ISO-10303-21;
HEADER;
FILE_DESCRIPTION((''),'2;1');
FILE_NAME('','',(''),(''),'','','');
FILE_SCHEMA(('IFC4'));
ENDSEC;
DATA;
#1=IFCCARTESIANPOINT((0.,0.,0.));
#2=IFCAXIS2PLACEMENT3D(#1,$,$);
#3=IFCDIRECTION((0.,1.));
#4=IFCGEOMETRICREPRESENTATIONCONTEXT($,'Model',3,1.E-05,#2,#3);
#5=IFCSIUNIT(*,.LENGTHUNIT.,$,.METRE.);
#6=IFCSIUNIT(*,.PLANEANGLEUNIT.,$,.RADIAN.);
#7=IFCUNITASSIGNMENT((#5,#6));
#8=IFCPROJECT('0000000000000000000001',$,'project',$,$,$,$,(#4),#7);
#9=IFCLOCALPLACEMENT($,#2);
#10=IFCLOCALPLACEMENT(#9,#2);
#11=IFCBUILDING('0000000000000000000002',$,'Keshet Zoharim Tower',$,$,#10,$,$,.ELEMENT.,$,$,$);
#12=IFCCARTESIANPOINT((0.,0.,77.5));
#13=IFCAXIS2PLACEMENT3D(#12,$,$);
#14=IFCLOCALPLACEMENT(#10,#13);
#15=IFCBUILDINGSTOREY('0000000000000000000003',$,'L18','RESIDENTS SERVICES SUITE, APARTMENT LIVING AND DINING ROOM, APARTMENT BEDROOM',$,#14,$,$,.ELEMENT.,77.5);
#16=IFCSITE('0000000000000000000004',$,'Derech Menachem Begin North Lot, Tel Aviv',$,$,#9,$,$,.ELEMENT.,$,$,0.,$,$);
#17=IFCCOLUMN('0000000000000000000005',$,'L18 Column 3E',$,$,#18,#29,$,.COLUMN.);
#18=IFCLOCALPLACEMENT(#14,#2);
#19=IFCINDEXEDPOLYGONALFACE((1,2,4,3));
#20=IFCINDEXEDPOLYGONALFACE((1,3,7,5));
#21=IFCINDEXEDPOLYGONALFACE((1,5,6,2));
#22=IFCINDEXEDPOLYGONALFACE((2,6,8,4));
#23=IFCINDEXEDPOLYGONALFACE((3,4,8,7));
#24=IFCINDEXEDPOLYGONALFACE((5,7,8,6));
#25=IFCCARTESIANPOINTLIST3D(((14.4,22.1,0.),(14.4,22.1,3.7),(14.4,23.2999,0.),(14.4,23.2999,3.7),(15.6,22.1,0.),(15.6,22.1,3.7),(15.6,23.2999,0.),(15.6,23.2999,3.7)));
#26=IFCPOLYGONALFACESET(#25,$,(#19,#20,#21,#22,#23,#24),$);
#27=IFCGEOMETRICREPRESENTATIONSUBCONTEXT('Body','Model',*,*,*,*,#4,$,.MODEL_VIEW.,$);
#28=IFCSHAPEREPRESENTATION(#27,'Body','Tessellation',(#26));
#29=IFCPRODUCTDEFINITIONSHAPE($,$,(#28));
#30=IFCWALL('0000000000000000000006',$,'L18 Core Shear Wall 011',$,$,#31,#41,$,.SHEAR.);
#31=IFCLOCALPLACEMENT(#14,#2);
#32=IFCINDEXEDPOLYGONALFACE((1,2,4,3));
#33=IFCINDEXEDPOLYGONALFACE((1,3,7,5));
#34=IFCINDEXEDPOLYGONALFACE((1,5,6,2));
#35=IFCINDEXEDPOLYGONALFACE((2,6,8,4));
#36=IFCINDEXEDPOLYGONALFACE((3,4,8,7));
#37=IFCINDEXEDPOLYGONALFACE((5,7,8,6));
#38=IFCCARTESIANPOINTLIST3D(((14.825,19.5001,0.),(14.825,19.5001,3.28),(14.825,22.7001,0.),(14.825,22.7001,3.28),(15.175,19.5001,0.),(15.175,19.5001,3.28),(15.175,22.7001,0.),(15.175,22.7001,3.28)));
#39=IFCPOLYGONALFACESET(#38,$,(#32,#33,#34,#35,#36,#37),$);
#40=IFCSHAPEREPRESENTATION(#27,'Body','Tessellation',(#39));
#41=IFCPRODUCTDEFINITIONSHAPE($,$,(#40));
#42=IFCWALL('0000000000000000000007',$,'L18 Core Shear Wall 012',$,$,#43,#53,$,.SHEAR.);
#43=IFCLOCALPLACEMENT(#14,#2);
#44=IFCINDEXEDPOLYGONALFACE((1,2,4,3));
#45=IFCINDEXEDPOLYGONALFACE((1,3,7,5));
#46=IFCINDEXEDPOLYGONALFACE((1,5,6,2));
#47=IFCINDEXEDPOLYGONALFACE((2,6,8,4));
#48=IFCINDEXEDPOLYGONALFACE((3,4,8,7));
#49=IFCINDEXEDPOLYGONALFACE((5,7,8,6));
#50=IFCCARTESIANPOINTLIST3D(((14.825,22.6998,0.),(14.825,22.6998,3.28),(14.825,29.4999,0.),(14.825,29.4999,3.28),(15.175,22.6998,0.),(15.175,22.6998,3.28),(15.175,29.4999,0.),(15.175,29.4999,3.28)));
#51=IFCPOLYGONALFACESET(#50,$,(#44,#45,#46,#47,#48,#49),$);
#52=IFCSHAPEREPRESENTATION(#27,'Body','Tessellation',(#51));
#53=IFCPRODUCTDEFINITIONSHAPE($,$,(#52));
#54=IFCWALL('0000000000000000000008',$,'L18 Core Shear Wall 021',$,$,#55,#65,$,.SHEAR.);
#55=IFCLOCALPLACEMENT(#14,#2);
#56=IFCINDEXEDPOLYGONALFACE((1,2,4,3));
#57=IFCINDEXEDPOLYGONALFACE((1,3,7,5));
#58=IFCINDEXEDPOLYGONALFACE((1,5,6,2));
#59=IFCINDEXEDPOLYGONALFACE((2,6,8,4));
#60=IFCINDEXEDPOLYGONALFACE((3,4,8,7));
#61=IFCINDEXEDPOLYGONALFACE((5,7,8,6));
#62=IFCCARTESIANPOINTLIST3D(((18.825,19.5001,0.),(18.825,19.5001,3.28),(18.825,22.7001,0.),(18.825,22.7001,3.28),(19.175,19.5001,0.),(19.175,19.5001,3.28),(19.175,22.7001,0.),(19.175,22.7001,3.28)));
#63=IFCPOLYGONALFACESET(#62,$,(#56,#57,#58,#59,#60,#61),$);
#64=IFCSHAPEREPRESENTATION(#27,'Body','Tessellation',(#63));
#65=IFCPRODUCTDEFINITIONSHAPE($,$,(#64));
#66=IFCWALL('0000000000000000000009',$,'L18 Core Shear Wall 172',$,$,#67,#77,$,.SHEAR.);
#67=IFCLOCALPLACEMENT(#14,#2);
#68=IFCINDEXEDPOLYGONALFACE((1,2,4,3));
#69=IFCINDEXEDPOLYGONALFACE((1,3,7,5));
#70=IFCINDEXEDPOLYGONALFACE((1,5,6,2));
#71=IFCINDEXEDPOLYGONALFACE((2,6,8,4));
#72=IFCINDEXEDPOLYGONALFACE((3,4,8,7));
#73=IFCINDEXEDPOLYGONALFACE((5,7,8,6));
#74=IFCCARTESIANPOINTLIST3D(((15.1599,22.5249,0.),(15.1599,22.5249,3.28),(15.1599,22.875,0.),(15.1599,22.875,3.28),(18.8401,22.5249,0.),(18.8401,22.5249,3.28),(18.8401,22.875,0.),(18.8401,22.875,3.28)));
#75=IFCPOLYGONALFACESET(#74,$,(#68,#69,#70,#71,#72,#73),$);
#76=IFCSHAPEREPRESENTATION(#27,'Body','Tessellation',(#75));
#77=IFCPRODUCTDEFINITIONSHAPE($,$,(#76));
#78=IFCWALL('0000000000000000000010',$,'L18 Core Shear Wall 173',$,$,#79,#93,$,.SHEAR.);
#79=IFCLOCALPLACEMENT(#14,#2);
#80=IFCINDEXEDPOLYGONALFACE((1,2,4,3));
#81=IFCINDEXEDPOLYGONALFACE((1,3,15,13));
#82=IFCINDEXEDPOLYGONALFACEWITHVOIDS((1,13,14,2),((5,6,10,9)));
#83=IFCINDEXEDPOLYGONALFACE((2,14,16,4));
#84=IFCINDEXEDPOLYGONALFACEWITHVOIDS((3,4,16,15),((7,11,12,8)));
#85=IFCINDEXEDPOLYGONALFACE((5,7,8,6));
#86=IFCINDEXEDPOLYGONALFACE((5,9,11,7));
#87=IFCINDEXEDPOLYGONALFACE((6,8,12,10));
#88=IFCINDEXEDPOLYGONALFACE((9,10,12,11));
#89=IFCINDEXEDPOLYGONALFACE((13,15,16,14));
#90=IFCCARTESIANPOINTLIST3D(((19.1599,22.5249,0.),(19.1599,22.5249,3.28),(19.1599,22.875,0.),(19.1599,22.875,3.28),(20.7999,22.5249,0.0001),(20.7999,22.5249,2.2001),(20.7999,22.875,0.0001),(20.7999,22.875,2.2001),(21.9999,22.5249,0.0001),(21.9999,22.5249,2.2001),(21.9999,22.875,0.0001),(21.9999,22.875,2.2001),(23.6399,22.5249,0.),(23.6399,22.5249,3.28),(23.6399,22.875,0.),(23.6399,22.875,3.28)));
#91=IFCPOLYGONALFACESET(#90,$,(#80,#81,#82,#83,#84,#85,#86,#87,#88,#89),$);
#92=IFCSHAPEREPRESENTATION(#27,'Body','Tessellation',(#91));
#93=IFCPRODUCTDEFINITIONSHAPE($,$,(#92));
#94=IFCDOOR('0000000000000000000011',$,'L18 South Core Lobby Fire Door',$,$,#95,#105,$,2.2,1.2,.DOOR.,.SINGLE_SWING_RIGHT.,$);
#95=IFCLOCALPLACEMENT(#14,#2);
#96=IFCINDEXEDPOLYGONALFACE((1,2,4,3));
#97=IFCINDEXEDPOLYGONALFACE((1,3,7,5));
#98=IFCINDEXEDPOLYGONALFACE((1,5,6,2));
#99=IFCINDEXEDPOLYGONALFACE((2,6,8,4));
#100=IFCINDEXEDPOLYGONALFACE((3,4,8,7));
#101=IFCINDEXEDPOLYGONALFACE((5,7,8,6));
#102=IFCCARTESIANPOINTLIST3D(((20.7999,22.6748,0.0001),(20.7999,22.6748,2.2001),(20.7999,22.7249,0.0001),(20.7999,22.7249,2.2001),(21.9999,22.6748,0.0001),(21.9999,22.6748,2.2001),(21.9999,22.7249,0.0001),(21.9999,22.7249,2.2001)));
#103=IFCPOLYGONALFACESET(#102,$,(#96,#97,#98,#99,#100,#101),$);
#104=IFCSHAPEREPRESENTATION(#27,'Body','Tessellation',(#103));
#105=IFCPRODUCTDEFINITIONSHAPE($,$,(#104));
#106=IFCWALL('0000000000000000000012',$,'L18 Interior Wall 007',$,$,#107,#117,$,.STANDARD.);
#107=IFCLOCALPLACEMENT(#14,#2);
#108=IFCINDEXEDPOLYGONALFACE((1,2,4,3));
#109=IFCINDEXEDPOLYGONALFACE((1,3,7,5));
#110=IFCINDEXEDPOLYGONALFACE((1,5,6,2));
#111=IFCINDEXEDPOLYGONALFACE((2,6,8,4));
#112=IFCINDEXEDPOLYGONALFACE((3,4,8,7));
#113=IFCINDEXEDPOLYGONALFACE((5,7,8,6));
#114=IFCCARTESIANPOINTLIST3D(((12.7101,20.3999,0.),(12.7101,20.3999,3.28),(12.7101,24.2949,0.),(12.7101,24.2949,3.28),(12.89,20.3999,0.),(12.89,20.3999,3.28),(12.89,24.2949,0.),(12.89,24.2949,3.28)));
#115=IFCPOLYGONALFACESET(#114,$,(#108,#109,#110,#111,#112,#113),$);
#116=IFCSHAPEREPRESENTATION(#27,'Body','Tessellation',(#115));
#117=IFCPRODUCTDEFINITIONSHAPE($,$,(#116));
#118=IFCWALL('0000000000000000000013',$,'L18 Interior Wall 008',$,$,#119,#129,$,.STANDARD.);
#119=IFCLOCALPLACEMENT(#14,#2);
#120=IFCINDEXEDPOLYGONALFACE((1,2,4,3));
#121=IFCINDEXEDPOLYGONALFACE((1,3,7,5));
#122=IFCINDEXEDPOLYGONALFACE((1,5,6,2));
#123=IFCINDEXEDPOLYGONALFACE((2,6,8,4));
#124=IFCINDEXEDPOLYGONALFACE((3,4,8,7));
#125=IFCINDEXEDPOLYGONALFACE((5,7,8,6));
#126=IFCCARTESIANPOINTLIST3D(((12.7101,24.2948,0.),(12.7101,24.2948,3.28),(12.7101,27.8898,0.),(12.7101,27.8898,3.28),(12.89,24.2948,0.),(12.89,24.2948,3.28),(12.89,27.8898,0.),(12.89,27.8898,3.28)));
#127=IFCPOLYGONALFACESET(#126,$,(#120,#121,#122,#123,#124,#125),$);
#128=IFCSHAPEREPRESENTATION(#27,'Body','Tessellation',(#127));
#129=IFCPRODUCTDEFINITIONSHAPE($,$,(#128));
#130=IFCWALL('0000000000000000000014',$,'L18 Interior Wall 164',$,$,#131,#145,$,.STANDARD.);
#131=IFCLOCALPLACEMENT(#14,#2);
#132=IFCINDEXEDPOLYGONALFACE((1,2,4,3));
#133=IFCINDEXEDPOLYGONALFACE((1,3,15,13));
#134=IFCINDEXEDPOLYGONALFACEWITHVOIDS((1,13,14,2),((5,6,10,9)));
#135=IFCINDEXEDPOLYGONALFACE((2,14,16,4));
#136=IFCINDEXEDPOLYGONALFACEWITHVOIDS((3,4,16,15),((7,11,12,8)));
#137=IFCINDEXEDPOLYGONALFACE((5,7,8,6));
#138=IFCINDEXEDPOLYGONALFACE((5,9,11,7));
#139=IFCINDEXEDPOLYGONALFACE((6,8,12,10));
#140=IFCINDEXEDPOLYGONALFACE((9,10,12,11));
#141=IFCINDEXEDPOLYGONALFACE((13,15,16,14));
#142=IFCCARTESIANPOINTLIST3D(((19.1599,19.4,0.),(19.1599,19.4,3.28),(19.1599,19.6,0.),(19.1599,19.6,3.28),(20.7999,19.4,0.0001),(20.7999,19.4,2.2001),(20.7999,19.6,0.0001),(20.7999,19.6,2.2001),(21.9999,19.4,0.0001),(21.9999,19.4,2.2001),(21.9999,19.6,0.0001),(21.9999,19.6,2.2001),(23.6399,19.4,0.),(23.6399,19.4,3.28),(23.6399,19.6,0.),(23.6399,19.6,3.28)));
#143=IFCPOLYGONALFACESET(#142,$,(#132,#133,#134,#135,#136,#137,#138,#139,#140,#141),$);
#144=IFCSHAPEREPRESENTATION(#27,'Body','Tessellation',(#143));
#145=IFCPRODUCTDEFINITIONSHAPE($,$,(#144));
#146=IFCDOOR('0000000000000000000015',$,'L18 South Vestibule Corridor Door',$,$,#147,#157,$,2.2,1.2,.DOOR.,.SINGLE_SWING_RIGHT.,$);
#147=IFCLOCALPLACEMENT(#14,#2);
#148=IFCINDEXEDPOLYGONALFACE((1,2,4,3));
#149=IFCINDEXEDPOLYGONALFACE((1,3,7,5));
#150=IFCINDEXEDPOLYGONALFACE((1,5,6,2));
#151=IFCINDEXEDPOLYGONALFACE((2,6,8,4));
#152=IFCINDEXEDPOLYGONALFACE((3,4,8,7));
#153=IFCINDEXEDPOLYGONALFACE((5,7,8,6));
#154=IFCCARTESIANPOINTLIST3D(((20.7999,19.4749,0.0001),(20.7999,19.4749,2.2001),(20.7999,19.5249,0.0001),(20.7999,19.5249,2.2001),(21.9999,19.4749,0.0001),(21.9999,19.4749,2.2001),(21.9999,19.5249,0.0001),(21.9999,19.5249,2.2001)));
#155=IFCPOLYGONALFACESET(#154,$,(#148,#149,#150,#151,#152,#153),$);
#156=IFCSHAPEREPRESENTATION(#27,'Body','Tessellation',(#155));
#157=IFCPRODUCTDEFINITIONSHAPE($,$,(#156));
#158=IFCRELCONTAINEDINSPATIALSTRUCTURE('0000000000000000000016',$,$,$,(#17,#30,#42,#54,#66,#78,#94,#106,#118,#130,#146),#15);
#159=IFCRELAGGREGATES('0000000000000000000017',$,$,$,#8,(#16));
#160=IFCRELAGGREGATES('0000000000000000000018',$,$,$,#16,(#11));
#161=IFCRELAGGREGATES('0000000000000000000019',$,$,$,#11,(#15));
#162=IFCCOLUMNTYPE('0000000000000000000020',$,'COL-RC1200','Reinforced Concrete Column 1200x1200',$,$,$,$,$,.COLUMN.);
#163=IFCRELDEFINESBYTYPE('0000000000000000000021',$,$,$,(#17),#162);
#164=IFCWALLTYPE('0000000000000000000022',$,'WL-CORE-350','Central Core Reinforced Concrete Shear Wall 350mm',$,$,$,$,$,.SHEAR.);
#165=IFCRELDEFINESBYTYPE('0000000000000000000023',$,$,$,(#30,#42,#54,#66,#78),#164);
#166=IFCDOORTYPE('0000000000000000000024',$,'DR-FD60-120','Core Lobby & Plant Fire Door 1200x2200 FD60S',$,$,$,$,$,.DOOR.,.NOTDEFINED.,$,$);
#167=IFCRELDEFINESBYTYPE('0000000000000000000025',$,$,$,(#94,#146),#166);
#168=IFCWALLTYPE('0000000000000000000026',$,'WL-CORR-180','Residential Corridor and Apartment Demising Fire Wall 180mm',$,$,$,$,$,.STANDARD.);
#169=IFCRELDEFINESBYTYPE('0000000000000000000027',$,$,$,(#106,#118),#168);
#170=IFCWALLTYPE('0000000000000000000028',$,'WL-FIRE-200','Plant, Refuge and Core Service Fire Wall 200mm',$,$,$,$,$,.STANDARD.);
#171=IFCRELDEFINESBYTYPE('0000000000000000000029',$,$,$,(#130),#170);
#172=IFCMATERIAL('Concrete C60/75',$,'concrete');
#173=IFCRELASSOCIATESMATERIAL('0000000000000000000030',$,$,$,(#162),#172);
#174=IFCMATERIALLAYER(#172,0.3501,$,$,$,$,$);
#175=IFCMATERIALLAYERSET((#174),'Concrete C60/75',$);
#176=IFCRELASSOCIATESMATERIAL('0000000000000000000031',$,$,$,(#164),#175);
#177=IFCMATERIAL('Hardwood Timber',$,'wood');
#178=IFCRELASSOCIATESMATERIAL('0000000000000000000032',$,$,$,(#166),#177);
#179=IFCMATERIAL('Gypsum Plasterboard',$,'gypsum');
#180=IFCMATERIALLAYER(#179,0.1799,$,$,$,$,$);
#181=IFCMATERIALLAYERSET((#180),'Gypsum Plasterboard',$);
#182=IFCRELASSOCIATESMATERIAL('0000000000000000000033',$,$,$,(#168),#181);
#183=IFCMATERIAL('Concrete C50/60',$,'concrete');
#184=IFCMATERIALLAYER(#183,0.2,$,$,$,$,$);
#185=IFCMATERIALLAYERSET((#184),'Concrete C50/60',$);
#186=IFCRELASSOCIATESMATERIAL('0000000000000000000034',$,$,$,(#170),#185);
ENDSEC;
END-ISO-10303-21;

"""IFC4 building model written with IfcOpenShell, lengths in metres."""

from ifc_helpers import new_model, si_unit, direction, frame, frame_2d, origin, origin_2d, place, context, subcontext, project, spatial, rectangle, extrude, material, layer, layer_set, material_profile, profile_set, type_object, element, fill, save


model = new_model("IFC4")

# Units and contexts
model_context = context("Model", 3, precision=1e-05, world=origin(), true_north=direction((0.0, 1.0)))
body_context = subcontext(model_context, "Body", "Model", "MODEL_VIEW")
ifc_project = project(units=[si_unit("LENGTHUNIT", "METRE"), si_unit("PLANEANGLEUNIT", "RADIAN")], contexts=[model_context])

# Site, building, storey
site_placement = place(None, origin())
site = spatial("IfcSite", under=ifc_project, at=site_placement, Name="Derech Menachem Begin North Lot, Tel Aviv", CompositionType="ELEMENT", RefElevation=0.0)
building_placement = place(site_placement, origin())
building = spatial("IfcBuilding", under=site, at=building_placement, Name="Keshet Zoharim Tower", CompositionType="ELEMENT")
storey_placement = place(building_placement, frame((0.0, 0.0, 77.5)))
storey = spatial("IfcBuildingStorey", under=building, at=storey_placement, Name="L18", Description="RESIDENTS SERVICES SUITE, APARTMENT LIVING AND DINING ROOM, APARTMENT BEDROOM", CompositionType="ELEMENT", Elevation=77.5)

# Column
ifc_material_1 = material(Name="Concrete C60/75", Category="concrete")
ifc_material_profile = material_profile(ifc_material_1, rectangle(XDim=1.2, YDim=1.2, at=origin_2d()), Name="RC1200x1200")
ifc_profile_set = profile_set([ifc_material_profile], Name="Concrete C60/75")
column_type = type_object("IfcColumnType", Name="COL-RC1200", Description="Reinforced Concrete Column 1200x1200", PredefinedType="COLUMN", material=ifc_profile_set)
column_placement = place(storey_placement, frame((15.0, 22.7, 0.0), z_axis=(0.0, 0.0, 1.0), x_axis=(1.0, 0.0, 0.0)))
element("IfcColumn", 1, at=column_placement, inside=storey, type_object=column_type, Name="L18 Column 3E", PredefinedType="COLUMN", context=body_context, shape_type="SweptSolid", body=[
    extrude(rectangle(XDim=1.2, YDim=1.2, at=origin_2d()), origin(), (0.0, 0.0, 1.0), 3.7),
])

# Walls
ifc_layer_1 = layer(ifc_material_1, 0.3501)
ifc_layer_set_1 = layer_set([ifc_layer_1], Name="Concrete C60/75")
wall_type_1 = type_object("IfcWallType", Name="WL-CORE-350", Description="Central Core Reinforced Concrete Shear Wall 350mm", PredefinedType="SHEAR", material=ifc_layer_set_1)
wall_1_placement = place(storey_placement, frame((15.0, 19.5, 0.0), z_axis=(0.0, 0.0, 1.0), x_axis=(0.0, 1.0, 0.0)))
element("IfcWall", 2, at=wall_1_placement, inside=storey, type_object=wall_type_1, Name="L18 Core Shear Wall 011", PredefinedType="SHEAR", context=body_context, shape_type="SweptSolid", body=[
    extrude(rectangle(XDim=3.2, YDim=0.3501, at=frame_2d((1.6001, 0.0))), origin(), (0.0, 0.0, 1.0), 3.28),
])
wall_2_placement = place(storey_placement, frame((15.0, 22.7, 0.0), z_axis=(0.0, 0.0, 1.0), x_axis=(0.0, 1.0, 0.0)))
element("IfcWall", 3, at=wall_2_placement, inside=storey, type_object=wall_type_1, Name="L18 Core Shear Wall 012", PredefinedType="SHEAR", context=body_context, shape_type="SweptSolid", body=[
    extrude(rectangle(XDim=6.8, YDim=0.3501, at=frame_2d((3.3999, 0.0))), origin(), (0.0, 0.0, 1.0), 3.28),
])
wall_3_placement = place(storey_placement, frame((19.0, 19.5, 0.0), z_axis=(0.0, 0.0, 1.0), x_axis=(0.0, 1.0, 0.0)))
element("IfcWall", 4, at=wall_3_placement, inside=storey, type_object=wall_type_1, Name="L18 Core Shear Wall 021", PredefinedType="SHEAR", context=body_context, shape_type="SweptSolid", body=[
    extrude(rectangle(XDim=3.2, YDim=0.3501, at=frame_2d((1.6001, 0.0))), origin(), (0.0, 0.0, 1.0), 3.28),
])

# Shared definitions
ifc_material_2 = material(Name="Hardwood Timber", Category="wood")

# Wall
wall_4_placement = place(storey_placement, frame((15.1599, 22.7, 0.0), z_axis=(0.0, 0.0, 1.0), x_axis=(1.0, 0.0, 0.0)))
element("IfcWall", 5, at=wall_4_placement, inside=storey, type_object=wall_type_1, Name="L18 Core Shear Wall 172", PredefinedType="SHEAR", context=body_context, shape_type="SweptSolid", body=[
    extrude(rectangle(XDim=3.6802, YDim=0.3501, at=frame_2d((1.8401, 0.0))), origin(), (0.0, 0.0, 1.0), 3.28),
])

# Wall, opening, door
wall_5_placement = place(storey_placement, frame((19.1599, 22.7, 0.0), z_axis=(0.0, 0.0, 1.0), x_axis=(1.0, 0.0, 0.0)))
wall_5 = element("IfcWall", 6, at=wall_5_placement, inside=storey, type_object=wall_type_1, Name="L18 Core Shear Wall 173", PredefinedType="SHEAR", context=body_context, shape_type="SweptSolid", body=[
    extrude(rectangle(XDim=4.48, YDim=0.3501, at=frame_2d((2.24, 0.0))), origin(), (0.0, 0.0, 1.0), 3.28),
])
opening_1_placement = place(wall_5_placement, frame((1.6399, 0.0, 0.0)))
opening_1 = element("IfcOpeningElement", 7, at=opening_1_placement, cuts=wall_5, PredefinedType="OPENING", context=body_context, shape_type="SweptSolid", body=[
    extrude(rectangle(XDim=1.2, YDim=2.2, at=frame_2d((0.6001, 1.1001))), frame((0.0, 0.1851, 0.0), z_axis=(0.0, -1.0, 0.0), x_axis=(1.0, 0.0, 0.0)), (0.0, 0.0, 1.0), 0.3701),
])
door_type_1 = type_object("IfcDoorType", Name="DR-FD60-120", Description="Core Lobby & Plant Fire Door 1200x2200 FD60S", OperationType="NOTDEFINED", PredefinedType="DOOR", material=ifc_material_2)
door_1_placement = place(opening_1_placement, origin())
door_1 = element("IfcDoor", 8, at=door_1_placement, inside=storey, type_object=door_type_1, Name="L18 South Core Lobby Fire Door", OperationType="SINGLE_SWING_RIGHT", OverallHeight=2.2, OverallWidth=1.2, PredefinedType="DOOR", context=body_context, shape_type="SweptSolid", body=[
    extrude(rectangle(XDim=1.2, YDim=2.2, at=frame_2d((0.6001, 1.1001))), frame((0.0, 0.0249, 0.0), z_axis=(0.0, -1.0, 0.0), x_axis=(1.0, 0.0, 0.0)), (0.0, 0.0, 1.0), 0.05),
])
fill(opening_1, door_1)

# Walls
ifc_material_3 = material(Name="Gypsum Plasterboard", Category="gypsum")
ifc_layer_2 = layer(ifc_material_3, 0.1799)
ifc_layer_set_2 = layer_set([ifc_layer_2], Name="Gypsum Plasterboard")
wall_type_2 = type_object("IfcWallType", Name="WL-CORR-180", Description="Residential Corridor and Apartment Demising Fire Wall 180mm", PredefinedType="STANDARD", material=ifc_layer_set_2)
wall_6_placement = place(storey_placement, frame((12.8, 20.3999, 0.0), z_axis=(0.0, 0.0, 1.0), x_axis=(0.0, 1.0, 0.0)))
element("IfcWall", 9, at=wall_6_placement, inside=storey, type_object=wall_type_2, Name="L18 Interior Wall 007", PredefinedType="STANDARD", context=body_context, shape_type="SweptSolid", body=[
    extrude(rectangle(XDim=3.895, YDim=0.1799, at=frame_2d((1.9475, 0.0))), origin(), (0.0, 0.0, 1.0), 3.28),
])
wall_7_placement = place(storey_placement, frame((12.8, 24.2949, 0.0), z_axis=(0.0, 0.0, 1.0), x_axis=(0.0, 1.0, 0.0)))
element("IfcWall", 10, at=wall_7_placement, inside=storey, type_object=wall_type_2, Name="L18 Interior Wall 008", PredefinedType="STANDARD", context=body_context, shape_type="SweptSolid", body=[
    extrude(rectangle(XDim=3.595, YDim=0.1799, at=frame_2d((1.7974, 0.0))), origin(), (0.0, 0.0, 1.0), 3.28),
])

# Wall, opening, door
ifc_material_4 = material(Name="Concrete C50/60", Category="concrete")
ifc_layer_3 = layer(ifc_material_4, 0.2)
ifc_layer_set_3 = layer_set([ifc_layer_3], Name="Concrete C50/60")
wall_type_3 = type_object("IfcWallType", Name="WL-FIRE-200", Description="Plant, Refuge and Core Service Fire Wall 200mm", PredefinedType="STANDARD", material=ifc_layer_set_3)
wall_8_placement = place(storey_placement, frame((19.1599, 19.5, 0.0), z_axis=(0.0, 0.0, 1.0), x_axis=(1.0, 0.0, 0.0)))
wall_8 = element("IfcWall", 11, at=wall_8_placement, inside=storey, type_object=wall_type_3, Name="L18 Interior Wall 164", PredefinedType="STANDARD", context=body_context, shape_type="SweptSolid", body=[
    extrude(rectangle(XDim=4.48, YDim=0.2, at=frame_2d((2.24, 0.0))), origin(), (0.0, 0.0, 1.0), 3.28),
])
opening_2_placement = place(wall_8_placement, frame((1.6399, 0.0, 0.0)))
opening_2 = element("IfcOpeningElement", 12, at=opening_2_placement, cuts=wall_8, PredefinedType="OPENING", context=body_context, shape_type="SweptSolid", body=[
    extrude(rectangle(XDim=1.2, YDim=2.2, at=frame_2d((0.6001, 1.1001))), frame((0.0, 0.1099, 0.0), z_axis=(0.0, -1.0, 0.0), x_axis=(1.0, 0.0, 0.0)), (0.0, 0.0, 1.0), 0.22),
])
door_2_placement = place(opening_2_placement, origin())
door_2 = element("IfcDoor", 13, at=door_2_placement, inside=storey, type_object=door_type_1, Name="L18 South Vestibule Corridor Door", OperationType="SINGLE_SWING_RIGHT", OverallHeight=2.2, OverallWidth=1.2, PredefinedType="DOOR", context=body_context, shape_type="SweptSolid", body=[
    extrude(rectangle(XDim=1.2, YDim=2.2, at=frame_2d((0.6001, 1.1001))), frame((0.0, 0.0249, 0.0), z_axis=(0.0, -1.0, 0.0), x_axis=(1.0, 0.0, 0.0)), (0.0, 0.0, 1.0), 0.05),
])
fill(opening_2, door_2)

save(model, "model.ifc")
